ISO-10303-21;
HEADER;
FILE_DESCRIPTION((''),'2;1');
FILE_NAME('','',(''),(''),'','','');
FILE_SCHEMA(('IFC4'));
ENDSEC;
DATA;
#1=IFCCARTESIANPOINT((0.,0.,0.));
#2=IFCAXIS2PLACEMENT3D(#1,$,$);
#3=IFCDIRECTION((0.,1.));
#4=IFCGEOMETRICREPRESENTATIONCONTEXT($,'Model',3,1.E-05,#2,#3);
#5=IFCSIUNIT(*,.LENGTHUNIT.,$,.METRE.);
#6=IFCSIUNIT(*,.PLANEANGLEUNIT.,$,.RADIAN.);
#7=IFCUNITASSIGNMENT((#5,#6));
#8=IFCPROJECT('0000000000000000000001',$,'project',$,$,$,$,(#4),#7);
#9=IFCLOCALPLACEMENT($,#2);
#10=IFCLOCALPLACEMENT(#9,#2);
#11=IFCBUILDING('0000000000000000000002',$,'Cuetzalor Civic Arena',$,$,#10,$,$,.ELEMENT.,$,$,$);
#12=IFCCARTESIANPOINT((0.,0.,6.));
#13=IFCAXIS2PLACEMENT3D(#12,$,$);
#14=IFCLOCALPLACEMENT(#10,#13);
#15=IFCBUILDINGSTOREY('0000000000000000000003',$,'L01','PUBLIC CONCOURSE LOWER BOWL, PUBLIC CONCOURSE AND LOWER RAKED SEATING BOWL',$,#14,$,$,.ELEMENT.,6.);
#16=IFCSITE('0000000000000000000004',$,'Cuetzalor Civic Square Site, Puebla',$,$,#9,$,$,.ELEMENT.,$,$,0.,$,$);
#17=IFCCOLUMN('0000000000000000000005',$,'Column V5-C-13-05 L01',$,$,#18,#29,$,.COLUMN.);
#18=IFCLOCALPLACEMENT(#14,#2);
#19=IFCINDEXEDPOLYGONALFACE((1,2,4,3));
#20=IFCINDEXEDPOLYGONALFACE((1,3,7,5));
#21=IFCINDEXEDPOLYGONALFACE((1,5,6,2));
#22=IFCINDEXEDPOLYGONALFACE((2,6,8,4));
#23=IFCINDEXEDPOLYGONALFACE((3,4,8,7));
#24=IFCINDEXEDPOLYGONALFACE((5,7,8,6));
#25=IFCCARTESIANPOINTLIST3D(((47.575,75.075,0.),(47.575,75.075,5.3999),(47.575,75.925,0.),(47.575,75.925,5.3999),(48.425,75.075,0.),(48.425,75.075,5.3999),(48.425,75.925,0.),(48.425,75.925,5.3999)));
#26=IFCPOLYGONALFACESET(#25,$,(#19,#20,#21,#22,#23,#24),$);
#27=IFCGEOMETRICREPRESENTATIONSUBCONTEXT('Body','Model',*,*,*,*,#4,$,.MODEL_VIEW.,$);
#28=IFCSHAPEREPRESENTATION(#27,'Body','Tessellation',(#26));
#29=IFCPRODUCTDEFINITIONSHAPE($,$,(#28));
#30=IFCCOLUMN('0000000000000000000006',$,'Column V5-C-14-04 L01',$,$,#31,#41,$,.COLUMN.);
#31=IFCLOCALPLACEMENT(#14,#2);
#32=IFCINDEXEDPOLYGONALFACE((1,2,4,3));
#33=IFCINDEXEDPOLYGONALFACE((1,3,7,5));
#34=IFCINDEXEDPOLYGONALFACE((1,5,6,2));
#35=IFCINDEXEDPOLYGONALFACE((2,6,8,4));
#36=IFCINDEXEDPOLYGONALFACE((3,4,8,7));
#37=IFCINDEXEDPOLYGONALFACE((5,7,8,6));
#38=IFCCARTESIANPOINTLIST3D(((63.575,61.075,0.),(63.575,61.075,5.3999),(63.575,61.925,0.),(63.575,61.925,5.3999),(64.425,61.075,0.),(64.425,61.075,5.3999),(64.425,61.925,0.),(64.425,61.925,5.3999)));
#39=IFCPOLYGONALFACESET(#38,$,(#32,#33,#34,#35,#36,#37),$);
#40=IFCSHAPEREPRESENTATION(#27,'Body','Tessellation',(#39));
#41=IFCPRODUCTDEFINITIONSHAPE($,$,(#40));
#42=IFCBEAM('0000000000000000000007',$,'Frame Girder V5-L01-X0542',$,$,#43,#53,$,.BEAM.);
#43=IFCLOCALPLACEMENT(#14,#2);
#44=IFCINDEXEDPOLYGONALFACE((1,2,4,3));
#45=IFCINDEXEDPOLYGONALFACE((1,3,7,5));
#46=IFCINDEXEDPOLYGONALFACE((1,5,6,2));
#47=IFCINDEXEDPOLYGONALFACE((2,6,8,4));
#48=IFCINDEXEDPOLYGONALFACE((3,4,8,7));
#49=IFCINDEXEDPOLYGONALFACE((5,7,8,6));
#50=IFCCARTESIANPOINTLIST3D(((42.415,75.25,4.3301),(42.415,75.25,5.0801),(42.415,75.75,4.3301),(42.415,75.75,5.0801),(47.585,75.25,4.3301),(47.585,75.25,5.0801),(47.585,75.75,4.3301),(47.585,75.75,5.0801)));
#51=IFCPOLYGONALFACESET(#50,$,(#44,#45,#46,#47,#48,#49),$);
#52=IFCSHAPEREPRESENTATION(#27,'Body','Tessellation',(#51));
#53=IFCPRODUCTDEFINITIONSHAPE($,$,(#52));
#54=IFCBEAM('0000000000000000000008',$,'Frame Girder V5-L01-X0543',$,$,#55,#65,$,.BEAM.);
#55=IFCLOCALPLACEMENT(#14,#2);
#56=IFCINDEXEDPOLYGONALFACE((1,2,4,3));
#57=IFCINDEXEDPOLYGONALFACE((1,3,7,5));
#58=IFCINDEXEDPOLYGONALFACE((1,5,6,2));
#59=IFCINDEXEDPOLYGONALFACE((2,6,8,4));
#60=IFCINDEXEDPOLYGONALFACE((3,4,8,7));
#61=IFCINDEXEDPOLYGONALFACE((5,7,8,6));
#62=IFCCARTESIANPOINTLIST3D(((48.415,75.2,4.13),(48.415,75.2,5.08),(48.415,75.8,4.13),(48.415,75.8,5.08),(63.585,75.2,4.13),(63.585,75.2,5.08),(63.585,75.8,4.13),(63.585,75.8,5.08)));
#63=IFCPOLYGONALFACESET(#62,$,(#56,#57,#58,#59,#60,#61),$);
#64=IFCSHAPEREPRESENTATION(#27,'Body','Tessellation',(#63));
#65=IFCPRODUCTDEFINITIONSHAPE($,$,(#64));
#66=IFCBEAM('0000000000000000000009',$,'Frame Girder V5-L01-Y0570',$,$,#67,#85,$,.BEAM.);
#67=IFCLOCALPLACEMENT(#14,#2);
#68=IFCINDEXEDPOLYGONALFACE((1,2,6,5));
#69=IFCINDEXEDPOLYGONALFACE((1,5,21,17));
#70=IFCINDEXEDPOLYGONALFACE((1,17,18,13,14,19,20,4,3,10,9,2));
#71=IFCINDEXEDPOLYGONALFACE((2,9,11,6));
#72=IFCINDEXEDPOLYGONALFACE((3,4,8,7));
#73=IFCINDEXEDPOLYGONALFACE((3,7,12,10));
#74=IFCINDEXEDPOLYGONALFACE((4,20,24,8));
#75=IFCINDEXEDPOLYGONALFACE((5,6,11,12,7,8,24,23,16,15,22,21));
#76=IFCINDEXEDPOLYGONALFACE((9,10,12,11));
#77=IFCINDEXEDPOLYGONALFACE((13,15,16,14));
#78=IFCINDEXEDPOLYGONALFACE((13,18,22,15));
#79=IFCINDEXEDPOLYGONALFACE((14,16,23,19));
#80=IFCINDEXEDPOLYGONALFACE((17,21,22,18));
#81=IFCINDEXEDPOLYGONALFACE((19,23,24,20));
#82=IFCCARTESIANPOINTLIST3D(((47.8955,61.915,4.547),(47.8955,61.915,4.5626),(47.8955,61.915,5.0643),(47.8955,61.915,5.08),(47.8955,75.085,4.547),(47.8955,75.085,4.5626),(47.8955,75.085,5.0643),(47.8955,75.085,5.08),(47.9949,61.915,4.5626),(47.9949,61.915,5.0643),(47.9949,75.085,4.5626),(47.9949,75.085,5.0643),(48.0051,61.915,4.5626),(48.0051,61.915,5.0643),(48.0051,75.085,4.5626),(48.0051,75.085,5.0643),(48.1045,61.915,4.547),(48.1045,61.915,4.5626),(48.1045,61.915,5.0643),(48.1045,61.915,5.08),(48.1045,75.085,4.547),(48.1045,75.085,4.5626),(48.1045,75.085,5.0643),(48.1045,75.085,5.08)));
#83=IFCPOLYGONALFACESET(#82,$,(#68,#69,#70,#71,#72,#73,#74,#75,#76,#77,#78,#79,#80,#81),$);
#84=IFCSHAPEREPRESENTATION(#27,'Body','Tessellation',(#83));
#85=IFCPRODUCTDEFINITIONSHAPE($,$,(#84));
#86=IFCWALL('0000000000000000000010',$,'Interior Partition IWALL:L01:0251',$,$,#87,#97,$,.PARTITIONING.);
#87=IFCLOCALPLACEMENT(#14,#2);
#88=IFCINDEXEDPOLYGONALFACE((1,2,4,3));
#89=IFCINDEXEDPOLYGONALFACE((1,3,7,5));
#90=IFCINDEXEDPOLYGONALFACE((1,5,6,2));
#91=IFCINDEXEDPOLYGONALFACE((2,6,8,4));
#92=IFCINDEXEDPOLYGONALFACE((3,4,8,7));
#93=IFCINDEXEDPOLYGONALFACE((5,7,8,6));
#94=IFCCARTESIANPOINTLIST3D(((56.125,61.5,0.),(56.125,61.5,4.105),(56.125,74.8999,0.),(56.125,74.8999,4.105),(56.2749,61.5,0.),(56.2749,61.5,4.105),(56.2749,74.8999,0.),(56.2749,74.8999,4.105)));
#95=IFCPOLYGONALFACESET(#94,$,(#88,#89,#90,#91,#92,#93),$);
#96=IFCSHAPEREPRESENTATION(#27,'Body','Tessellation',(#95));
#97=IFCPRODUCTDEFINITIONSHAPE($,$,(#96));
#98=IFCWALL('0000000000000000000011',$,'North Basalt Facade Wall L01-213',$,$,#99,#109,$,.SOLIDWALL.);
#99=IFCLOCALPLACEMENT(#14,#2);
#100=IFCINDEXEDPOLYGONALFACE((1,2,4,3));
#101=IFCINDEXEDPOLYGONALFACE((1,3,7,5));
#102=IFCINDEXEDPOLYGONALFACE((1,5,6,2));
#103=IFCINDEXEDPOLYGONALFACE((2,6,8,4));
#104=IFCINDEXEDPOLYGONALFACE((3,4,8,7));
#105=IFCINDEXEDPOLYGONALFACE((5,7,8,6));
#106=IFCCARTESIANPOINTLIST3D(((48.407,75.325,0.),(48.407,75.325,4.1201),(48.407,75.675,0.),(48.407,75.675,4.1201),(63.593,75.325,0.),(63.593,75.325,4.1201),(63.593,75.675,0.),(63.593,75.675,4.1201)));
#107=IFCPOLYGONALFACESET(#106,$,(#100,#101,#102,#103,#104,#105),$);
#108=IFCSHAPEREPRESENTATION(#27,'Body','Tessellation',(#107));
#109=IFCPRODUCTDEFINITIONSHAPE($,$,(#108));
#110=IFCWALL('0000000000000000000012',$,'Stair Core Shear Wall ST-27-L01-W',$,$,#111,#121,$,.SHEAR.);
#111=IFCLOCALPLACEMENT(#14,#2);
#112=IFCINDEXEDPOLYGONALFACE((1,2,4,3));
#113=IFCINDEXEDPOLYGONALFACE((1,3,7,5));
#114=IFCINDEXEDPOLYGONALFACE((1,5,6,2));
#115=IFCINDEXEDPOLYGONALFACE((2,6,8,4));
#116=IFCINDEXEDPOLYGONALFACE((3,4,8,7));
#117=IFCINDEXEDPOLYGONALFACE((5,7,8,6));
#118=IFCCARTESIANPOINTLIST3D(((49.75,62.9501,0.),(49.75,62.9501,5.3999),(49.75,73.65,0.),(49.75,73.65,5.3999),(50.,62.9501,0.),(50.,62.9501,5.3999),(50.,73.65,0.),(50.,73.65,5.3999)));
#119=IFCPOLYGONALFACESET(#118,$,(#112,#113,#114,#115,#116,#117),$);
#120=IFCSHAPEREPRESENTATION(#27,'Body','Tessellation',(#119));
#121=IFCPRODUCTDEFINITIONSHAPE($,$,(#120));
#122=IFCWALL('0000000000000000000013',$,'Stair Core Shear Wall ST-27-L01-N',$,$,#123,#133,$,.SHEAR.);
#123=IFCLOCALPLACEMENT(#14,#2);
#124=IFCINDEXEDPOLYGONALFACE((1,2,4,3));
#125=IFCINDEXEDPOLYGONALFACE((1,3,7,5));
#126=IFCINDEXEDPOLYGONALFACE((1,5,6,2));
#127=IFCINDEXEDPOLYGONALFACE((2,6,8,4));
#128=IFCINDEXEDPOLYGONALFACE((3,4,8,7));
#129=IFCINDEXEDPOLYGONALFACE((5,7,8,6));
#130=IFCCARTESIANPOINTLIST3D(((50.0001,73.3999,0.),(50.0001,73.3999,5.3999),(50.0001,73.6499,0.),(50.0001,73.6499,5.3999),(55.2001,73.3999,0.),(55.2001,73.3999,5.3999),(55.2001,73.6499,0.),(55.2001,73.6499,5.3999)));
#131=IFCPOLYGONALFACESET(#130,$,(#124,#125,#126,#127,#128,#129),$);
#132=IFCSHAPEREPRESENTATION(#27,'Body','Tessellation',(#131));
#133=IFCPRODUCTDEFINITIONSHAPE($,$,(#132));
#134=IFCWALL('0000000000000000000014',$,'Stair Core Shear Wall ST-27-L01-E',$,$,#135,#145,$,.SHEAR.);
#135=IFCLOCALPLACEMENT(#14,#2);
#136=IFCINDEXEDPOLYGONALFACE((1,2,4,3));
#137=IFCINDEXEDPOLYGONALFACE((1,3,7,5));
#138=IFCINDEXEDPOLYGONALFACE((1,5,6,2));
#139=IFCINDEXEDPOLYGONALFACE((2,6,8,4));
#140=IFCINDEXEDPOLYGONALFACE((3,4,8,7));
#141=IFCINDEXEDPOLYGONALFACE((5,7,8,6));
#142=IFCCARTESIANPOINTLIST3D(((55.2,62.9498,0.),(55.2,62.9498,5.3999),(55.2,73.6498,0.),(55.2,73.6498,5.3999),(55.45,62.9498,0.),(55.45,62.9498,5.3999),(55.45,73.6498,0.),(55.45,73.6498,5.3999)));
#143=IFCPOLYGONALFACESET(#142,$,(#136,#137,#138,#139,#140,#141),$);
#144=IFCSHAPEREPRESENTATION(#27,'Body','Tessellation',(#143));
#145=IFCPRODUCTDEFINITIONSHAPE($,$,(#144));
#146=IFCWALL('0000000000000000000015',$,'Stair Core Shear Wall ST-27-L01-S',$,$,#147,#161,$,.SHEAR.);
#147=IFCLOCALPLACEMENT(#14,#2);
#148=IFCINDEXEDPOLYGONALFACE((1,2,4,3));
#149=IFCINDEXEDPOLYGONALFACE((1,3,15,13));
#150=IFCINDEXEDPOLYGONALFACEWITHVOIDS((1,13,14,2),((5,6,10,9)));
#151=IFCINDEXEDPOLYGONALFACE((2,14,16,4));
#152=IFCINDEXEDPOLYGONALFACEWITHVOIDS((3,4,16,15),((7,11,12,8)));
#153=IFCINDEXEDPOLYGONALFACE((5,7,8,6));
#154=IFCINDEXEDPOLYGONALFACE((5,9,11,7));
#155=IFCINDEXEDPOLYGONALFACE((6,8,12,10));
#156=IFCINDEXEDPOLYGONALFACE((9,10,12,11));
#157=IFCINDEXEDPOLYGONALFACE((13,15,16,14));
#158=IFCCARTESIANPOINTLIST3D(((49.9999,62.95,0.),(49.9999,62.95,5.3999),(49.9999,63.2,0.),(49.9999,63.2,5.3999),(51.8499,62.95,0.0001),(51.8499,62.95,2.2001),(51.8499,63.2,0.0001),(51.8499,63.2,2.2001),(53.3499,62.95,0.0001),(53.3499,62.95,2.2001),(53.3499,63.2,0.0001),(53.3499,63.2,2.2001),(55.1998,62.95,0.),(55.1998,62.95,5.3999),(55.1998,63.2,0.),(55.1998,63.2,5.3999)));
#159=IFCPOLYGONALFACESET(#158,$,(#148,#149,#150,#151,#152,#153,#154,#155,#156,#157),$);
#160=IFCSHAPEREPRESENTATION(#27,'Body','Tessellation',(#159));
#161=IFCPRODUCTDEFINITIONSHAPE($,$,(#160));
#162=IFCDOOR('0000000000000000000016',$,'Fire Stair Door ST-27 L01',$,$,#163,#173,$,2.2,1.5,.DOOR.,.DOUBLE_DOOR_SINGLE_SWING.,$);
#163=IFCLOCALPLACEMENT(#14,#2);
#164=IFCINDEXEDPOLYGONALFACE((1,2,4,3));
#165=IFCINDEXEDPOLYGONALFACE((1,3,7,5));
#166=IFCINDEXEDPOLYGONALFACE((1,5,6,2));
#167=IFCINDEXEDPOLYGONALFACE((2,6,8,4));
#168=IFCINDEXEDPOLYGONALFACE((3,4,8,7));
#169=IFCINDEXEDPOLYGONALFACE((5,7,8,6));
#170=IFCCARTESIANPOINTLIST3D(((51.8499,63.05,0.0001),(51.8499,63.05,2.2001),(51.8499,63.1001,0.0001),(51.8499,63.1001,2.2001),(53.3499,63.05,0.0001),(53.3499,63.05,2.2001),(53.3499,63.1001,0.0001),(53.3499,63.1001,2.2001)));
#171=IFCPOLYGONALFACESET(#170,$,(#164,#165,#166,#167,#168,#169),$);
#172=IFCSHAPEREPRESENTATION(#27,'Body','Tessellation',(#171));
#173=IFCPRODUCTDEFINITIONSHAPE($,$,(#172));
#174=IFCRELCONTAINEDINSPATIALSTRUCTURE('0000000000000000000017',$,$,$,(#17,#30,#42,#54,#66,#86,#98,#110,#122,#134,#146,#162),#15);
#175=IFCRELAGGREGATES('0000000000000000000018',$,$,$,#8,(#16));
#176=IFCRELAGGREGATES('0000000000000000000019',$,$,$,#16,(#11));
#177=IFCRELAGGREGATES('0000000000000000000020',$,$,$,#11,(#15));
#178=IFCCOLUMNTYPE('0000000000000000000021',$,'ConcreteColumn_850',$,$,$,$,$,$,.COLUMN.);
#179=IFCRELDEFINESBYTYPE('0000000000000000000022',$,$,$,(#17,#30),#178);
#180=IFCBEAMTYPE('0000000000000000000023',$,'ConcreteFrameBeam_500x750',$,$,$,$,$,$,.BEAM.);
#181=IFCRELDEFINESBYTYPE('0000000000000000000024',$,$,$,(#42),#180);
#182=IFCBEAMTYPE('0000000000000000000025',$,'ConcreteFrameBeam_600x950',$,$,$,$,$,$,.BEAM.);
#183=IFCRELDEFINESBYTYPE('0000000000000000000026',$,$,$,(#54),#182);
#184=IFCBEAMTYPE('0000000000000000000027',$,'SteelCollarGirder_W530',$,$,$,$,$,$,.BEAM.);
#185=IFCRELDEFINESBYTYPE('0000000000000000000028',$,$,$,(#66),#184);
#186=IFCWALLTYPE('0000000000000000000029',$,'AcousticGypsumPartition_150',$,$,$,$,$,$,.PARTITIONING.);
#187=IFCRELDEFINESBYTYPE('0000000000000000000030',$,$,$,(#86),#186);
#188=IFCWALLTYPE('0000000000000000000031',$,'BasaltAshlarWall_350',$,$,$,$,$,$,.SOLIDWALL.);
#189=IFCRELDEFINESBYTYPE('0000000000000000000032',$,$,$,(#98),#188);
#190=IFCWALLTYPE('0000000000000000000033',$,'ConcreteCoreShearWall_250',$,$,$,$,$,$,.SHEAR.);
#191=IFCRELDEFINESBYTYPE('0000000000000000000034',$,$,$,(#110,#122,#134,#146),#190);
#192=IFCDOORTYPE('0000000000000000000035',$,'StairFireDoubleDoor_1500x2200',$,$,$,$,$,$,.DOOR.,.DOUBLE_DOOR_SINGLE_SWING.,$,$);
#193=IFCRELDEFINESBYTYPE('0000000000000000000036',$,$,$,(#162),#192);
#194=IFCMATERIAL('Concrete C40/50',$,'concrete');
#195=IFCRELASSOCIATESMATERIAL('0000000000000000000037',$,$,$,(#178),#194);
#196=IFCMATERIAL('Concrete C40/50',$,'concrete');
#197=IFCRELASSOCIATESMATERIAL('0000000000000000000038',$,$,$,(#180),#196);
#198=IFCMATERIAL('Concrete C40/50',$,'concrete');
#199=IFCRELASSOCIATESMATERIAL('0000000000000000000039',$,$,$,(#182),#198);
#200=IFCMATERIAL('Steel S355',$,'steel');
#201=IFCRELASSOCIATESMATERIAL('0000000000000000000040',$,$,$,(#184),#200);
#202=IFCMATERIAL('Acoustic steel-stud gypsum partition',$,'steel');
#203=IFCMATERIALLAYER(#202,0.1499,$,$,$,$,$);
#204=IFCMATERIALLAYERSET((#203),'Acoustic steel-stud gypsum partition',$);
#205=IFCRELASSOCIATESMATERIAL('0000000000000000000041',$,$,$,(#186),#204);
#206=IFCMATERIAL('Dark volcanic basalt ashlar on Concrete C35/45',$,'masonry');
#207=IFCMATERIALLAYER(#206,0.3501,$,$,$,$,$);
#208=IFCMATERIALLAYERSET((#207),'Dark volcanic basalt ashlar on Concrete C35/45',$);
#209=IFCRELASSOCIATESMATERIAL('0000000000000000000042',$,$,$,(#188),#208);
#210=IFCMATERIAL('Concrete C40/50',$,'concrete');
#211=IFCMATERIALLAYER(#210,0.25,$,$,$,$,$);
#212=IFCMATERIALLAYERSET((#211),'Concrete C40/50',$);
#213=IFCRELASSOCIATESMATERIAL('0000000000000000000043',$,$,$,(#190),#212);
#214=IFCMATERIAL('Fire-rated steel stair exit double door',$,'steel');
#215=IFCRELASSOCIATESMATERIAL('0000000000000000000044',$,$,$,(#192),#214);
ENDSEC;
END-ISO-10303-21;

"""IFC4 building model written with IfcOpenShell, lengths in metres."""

from ifc_helpers import new_model, si_unit, direction, frame, frame_2d, origin, origin_2d, place, context, subcontext, project, spatial, rectangle, i_section, extrude, material, layer, layer_set, material_profile, profile_set, type_object, element, fill, save


model = new_model("IFC4")

# Units and contexts
model_context = context("Model", 3, precision=1e-05, world=origin(), true_north=direction((0.0, 1.0)))
body_context = subcontext(model_context, "Body", "Model", "MODEL_VIEW")
ifc_project = project(units=[si_unit("LENGTHUNIT", "METRE"), si_unit("PLANEANGLEUNIT", "RADIAN")], contexts=[model_context])

# Site, building, storey
site_placement = place(None, origin())
site = spatial("IfcSite", under=ifc_project, at=site_placement, Name="Cuetzalor Civic Square Site, Puebla", CompositionType="ELEMENT", RefElevation=0.0)
building_placement = place(site_placement, origin())
building = spatial("IfcBuilding", under=site, at=building_placement, Name="Cuetzalor Civic Arena", CompositionType="ELEMENT")
storey_placement = place(building_placement, frame((0.0, 0.0, 6.0)))
storey = spatial("IfcBuildingStorey", under=building, at=storey_placement, Name="L01", Description="PUBLIC CONCOURSE LOWER BOWL, PUBLIC CONCOURSE AND LOWER RAKED SEATING BOWL", CompositionType="ELEMENT", Elevation=6.0)

# Columns
ifc_material_1 = material(Name="Concrete C40/50", Category="concrete")
ifc_material_profile_1 = material_profile(ifc_material_1, rectangle(XDim=0.8501, YDim=0.8501, at=origin_2d()), Name="RC 850x850")
ifc_profile_set_1 = profile_set([ifc_material_profile_1], Name="Concrete C40/50")
column_type = type_object("IfcColumnType", Name="ConcreteColumn_850", PredefinedType="COLUMN", material=ifc_profile_set_1)
for number, where, z_axis, x_axis, name in (
    (1, (48.0, 75.5, 0.0), (0.0, 0.0, 1.0), (1.0, 0.0, 0.0), "Column V5-C-13-05 L01"),
    (2, (64.0, 61.5, 0.0), (0.0, 0.0, 1.0), (1.0, 0.0, 0.0), "Column V5-C-14-04 L01"),
):
    element("IfcColumn", number, at=place(storey_placement, frame(where, z_axis=z_axis, x_axis=x_axis)), inside=storey, type_object=column_type, Name=name, PredefinedType="COLUMN", context=body_context, shape_type="SweptSolid", body=[
        extrude(rectangle(XDim=0.8501, YDim=0.8501, at=origin_2d()), origin(), (0.0, 0.0, 1.0), 5.3999),
    ])

# Beams
ifc_material_2 = material(Name="Concrete C40/50", Category="concrete")
ifc_material_profile_2 = material_profile(ifc_material_2, rectangle(XDim=0.5, YDim=0.75, at=origin_2d()), Name="RC 500x750")
ifc_profile_set_2 = profile_set([ifc_material_profile_2], Name="Concrete C40/50")
beam_type_1 = type_object("IfcBeamType", Name="ConcreteFrameBeam_500x750", PredefinedType="BEAM", material=ifc_profile_set_2)
beam_1_placement = place(storey_placement, frame((42.415, 75.5, 4.7051), z_axis=(1.0, 0.0, 0.0), x_axis=(0.0, 1.0, 0.0)))
element("IfcBeam", 3, at=beam_1_placement, inside=storey, type_object=beam_type_1, Name="Frame Girder V5-L01-X0542", PredefinedType="BEAM", context=body_context, shape_type="SweptSolid", body=[
    extrude(rectangle(XDim=0.5, YDim=0.75, at=origin_2d()), origin(), (0.0, 0.0, 1.0), 5.1699),
])
ifc_material_3 = material(Name="Concrete C40/50", Category="concrete")
ifc_material_profile_3 = material_profile(ifc_material_3, rectangle(XDim=0.6001, YDim=0.95, at=origin_2d()), Name="RC 600x950")
ifc_profile_set_3 = profile_set([ifc_material_profile_3], Name="Concrete C40/50")
beam_type_2 = type_object("IfcBeamType", Name="ConcreteFrameBeam_600x950", PredefinedType="BEAM", material=ifc_profile_set_3)
beam_2_placement = place(storey_placement, frame((48.415, 75.5, 4.605), z_axis=(1.0, 0.0, 0.0), x_axis=(0.0, 1.0, 0.0)))
element("IfcBeam", 4, at=beam_2_placement, inside=storey, type_object=beam_type_2, Name="Frame Girder V5-L01-X0543", PredefinedType="BEAM", context=body_context, shape_type="SweptSolid", body=[
    extrude(rectangle(XDim=0.6001, YDim=0.95, at=origin_2d()), origin(), (0.0, 0.0, 1.0), 15.1699),
])
ifc_material_4 = material(Name="Steel S355", Category="steel")
ifc_material_profile_4 = material_profile(ifc_material_4, i_section(OverallWidth=0.209, OverallDepth=0.533, WebThickness=0.0103, FlangeThickness=0.0156, at=origin_2d()), Name="W530x92")
ifc_profile_set_4 = profile_set([ifc_material_profile_4], Name="Steel S355")
beam_type_3 = type_object("IfcBeamType", Name="SteelCollarGirder_W530", PredefinedType="BEAM", material=ifc_profile_set_4)
beam_3_placement = place(storey_placement, frame((48.0, 61.915, 4.8135), z_axis=(0.0, 1.0, 0.0), x_axis=(-1.0, 0.0, 0.0)))
element("IfcBeam", 5, at=beam_3_placement, inside=storey, type_object=beam_type_3, Name="Frame Girder V5-L01-Y0570", PredefinedType="BEAM", context=body_context, shape_type="SweptSolid", body=[
    extrude(i_section(OverallWidth=0.209, OverallDepth=0.533, WebThickness=0.0103, FlangeThickness=0.0156, at=origin_2d()), origin(), (0.0, 0.0, 1.0), 13.1699),
])

# Walls
ifc_material_5 = material(Name="Acoustic steel-stud gypsum partition", Category="steel")
ifc_layer_1 = layer(ifc_material_5, 0.1499)
ifc_layer_set_1 = layer_set([ifc_layer_1], Name="Acoustic steel-stud gypsum partition")
wall_type_1 = type_object("IfcWallType", Name="AcousticGypsumPartition_150", PredefinedType="PARTITIONING", material=ifc_layer_set_1)
wall_1_placement = place(storey_placement, frame((56.2, 61.5, 0.0), z_axis=(0.0, 0.0, 1.0), x_axis=(0.0, 1.0, 0.0)))
element("IfcWall", 6, at=wall_1_placement, inside=storey, type_object=wall_type_1, Name="Interior Partition IWALL:L01:0251", PredefinedType="PARTITIONING", context=body_context, shape_type="SweptSolid", body=[
    extrude(rectangle(XDim=13.3999, YDim=0.1499, at=frame_2d((6.7, 0.0))), origin(), (0.0, 0.0, 1.0), 4.105),
])
ifc_material_6 = material(Name="Dark volcanic basalt ashlar on Concrete C35/45", Category="masonry")
ifc_layer_2 = layer(ifc_material_6, 0.3501)
ifc_layer_set_2 = layer_set([ifc_layer_2], Name="Dark volcanic basalt ashlar on Concrete C35/45")
wall_type_2 = type_object("IfcWallType", Name="BasaltAshlarWall_350", PredefinedType="SOLIDWALL", material=ifc_layer_set_2)
wall_2_placement = place(storey_placement, frame((48.407, 75.5, 0.0), z_axis=(0.0, 0.0, 1.0), x_axis=(1.0, 0.0, 0.0)))
element("IfcWall", 7, at=wall_2_placement, inside=storey, type_object=wall_type_2, Name="North Basalt Facade Wall L01-213", PredefinedType="SOLIDWALL", context=body_context, shape_type="SweptSolid", body=[
    extrude(rectangle(XDim=15.186, YDim=0.3501, at=frame_2d((7.593, 0.0))), origin(), (0.0, 0.0, 1.0), 4.1201),
])
ifc_material_7 = material(Name="Concrete C40/50", Category="concrete")
ifc_layer_3 = layer(ifc_material_7, 0.25)
ifc_layer_set_3 = layer_set([ifc_layer_3], Name="Concrete C40/50")
wall_type_3 = type_object("IfcWallType", Name="ConcreteCoreShearWall_250", PredefinedType="SHEAR", material=ifc_layer_set_3)
wall_3_placement = place(storey_placement, frame((49.875, 62.95, 0.0), z_axis=(0.0, 0.0, 1.0), x_axis=(0.0, 1.0, 0.0)))
element("IfcWall", 8, at=wall_3_placement, inside=storey, type_object=wall_type_3, Name="Stair Core Shear Wall ST-27-L01-W", PredefinedType="SHEAR", context=body_context, shape_type="SweptSolid", body=[
    extrude(rectangle(XDim=10.7, YDim=0.25, at=frame_2d((5.3501, 0.0))), origin(), (0.0, 0.0, 1.0), 5.3999),
])
wall_4_placement = place(storey_placement, frame((50.0, 73.5249, 0.0), z_axis=(0.0, 0.0, 1.0), x_axis=(1.0, 0.0, 0.0)))
element("IfcWall", 9, at=wall_4_placement, inside=storey, type_object=wall_type_3, Name="Stair Core Shear Wall ST-27-L01-N", PredefinedType="SHEAR", context=body_context, shape_type="SweptSolid", body=[
    extrude(rectangle(XDim=5.2, YDim=0.25, at=frame_2d((2.6001, 0.0))), origin(), (0.0, 0.0, 1.0), 5.3999),
])
wall_5_placement = place(storey_placement, frame((55.325, 73.6499, 0.0), z_axis=(0.0, 0.0, 1.0), x_axis=(0.0, -1.0, 0.0)))
element("IfcWall", 10, at=wall_5_placement, inside=storey, type_object=wall_type_3, Name="Stair Core Shear Wall ST-27-L01-E", PredefinedType="SHEAR", context=body_context, shape_type="SweptSolid", body=[
    extrude(rectangle(XDim=10.7, YDim=0.25, at=frame_2d((5.3501, 0.0))), origin(), (0.0, 0.0, 1.0), 5.3999),
])

# Wall, opening, door
wall_6_placement = place(storey_placement, frame((55.2, 63.075, 0.0), z_axis=(0.0, 0.0, 1.0), x_axis=(-1.0, 0.0, 0.0)))
wall_6 = element("IfcWall", 11, at=wall_6_placement, inside=storey, type_object=wall_type_3, Name="Stair Core Shear Wall ST-27-L01-S", PredefinedType="SHEAR", context=body_context, shape_type="SweptSolid", body=[
    extrude(rectangle(XDim=5.2, YDim=0.25, at=frame_2d((2.6001, 0.0))), origin(), (0.0, 0.0, 1.0), 5.3999),
])
opening_1_placement = place(wall_6_placement, frame((1.8501, 0.0, 0.0)))
opening_1 = element("IfcOpeningElement", 12, at=opening_1_placement, cuts=wall_6, PredefinedType="OPENING", context=body_context, shape_type="SweptSolid", body=[
    extrude(rectangle(XDim=1.5, YDim=2.2, at=frame_2d((0.75, 1.1001))), frame((0.0, 0.135, 0.0), z_axis=(0.0, -1.0, 0.0), x_axis=(1.0, 0.0, 0.0)), (0.0, 0.0, 1.0), 0.27),
])
ifc_material_8 = material(Name="Fire-rated steel stair exit double door", Category="steel")
door_type_1 = type_object("IfcDoorType", Name="StairFireDoubleDoor_1500x2200", OperationType="DOUBLE_DOOR_SINGLE_SWING", PredefinedType="DOOR", material=ifc_material_8)
door_1_placement = place(opening_1_placement, origin())
door_1 = element("IfcDoor", 13, at=door_1_placement, inside=storey, type_object=door_type_1, Name="Fire Stair Door ST-27 L01", OperationType="DOUBLE_DOOR_SINGLE_SWING", OverallHeight=2.2, OverallWidth=1.5, PredefinedType="DOOR", context=body_context, shape_type="SweptSolid", body=[
    extrude(rectangle(XDim=1.5, YDim=2.2, at=frame_2d((0.75, 1.1001))), frame((0.0, 0.0249, 0.0), z_axis=(0.0, -1.0, 0.0), x_axis=(1.0, 0.0, 0.0)), (0.0, 0.0, 1.0), 0.05),
])
fill(opening_1, door_1)

save(model, "model.ifc")
